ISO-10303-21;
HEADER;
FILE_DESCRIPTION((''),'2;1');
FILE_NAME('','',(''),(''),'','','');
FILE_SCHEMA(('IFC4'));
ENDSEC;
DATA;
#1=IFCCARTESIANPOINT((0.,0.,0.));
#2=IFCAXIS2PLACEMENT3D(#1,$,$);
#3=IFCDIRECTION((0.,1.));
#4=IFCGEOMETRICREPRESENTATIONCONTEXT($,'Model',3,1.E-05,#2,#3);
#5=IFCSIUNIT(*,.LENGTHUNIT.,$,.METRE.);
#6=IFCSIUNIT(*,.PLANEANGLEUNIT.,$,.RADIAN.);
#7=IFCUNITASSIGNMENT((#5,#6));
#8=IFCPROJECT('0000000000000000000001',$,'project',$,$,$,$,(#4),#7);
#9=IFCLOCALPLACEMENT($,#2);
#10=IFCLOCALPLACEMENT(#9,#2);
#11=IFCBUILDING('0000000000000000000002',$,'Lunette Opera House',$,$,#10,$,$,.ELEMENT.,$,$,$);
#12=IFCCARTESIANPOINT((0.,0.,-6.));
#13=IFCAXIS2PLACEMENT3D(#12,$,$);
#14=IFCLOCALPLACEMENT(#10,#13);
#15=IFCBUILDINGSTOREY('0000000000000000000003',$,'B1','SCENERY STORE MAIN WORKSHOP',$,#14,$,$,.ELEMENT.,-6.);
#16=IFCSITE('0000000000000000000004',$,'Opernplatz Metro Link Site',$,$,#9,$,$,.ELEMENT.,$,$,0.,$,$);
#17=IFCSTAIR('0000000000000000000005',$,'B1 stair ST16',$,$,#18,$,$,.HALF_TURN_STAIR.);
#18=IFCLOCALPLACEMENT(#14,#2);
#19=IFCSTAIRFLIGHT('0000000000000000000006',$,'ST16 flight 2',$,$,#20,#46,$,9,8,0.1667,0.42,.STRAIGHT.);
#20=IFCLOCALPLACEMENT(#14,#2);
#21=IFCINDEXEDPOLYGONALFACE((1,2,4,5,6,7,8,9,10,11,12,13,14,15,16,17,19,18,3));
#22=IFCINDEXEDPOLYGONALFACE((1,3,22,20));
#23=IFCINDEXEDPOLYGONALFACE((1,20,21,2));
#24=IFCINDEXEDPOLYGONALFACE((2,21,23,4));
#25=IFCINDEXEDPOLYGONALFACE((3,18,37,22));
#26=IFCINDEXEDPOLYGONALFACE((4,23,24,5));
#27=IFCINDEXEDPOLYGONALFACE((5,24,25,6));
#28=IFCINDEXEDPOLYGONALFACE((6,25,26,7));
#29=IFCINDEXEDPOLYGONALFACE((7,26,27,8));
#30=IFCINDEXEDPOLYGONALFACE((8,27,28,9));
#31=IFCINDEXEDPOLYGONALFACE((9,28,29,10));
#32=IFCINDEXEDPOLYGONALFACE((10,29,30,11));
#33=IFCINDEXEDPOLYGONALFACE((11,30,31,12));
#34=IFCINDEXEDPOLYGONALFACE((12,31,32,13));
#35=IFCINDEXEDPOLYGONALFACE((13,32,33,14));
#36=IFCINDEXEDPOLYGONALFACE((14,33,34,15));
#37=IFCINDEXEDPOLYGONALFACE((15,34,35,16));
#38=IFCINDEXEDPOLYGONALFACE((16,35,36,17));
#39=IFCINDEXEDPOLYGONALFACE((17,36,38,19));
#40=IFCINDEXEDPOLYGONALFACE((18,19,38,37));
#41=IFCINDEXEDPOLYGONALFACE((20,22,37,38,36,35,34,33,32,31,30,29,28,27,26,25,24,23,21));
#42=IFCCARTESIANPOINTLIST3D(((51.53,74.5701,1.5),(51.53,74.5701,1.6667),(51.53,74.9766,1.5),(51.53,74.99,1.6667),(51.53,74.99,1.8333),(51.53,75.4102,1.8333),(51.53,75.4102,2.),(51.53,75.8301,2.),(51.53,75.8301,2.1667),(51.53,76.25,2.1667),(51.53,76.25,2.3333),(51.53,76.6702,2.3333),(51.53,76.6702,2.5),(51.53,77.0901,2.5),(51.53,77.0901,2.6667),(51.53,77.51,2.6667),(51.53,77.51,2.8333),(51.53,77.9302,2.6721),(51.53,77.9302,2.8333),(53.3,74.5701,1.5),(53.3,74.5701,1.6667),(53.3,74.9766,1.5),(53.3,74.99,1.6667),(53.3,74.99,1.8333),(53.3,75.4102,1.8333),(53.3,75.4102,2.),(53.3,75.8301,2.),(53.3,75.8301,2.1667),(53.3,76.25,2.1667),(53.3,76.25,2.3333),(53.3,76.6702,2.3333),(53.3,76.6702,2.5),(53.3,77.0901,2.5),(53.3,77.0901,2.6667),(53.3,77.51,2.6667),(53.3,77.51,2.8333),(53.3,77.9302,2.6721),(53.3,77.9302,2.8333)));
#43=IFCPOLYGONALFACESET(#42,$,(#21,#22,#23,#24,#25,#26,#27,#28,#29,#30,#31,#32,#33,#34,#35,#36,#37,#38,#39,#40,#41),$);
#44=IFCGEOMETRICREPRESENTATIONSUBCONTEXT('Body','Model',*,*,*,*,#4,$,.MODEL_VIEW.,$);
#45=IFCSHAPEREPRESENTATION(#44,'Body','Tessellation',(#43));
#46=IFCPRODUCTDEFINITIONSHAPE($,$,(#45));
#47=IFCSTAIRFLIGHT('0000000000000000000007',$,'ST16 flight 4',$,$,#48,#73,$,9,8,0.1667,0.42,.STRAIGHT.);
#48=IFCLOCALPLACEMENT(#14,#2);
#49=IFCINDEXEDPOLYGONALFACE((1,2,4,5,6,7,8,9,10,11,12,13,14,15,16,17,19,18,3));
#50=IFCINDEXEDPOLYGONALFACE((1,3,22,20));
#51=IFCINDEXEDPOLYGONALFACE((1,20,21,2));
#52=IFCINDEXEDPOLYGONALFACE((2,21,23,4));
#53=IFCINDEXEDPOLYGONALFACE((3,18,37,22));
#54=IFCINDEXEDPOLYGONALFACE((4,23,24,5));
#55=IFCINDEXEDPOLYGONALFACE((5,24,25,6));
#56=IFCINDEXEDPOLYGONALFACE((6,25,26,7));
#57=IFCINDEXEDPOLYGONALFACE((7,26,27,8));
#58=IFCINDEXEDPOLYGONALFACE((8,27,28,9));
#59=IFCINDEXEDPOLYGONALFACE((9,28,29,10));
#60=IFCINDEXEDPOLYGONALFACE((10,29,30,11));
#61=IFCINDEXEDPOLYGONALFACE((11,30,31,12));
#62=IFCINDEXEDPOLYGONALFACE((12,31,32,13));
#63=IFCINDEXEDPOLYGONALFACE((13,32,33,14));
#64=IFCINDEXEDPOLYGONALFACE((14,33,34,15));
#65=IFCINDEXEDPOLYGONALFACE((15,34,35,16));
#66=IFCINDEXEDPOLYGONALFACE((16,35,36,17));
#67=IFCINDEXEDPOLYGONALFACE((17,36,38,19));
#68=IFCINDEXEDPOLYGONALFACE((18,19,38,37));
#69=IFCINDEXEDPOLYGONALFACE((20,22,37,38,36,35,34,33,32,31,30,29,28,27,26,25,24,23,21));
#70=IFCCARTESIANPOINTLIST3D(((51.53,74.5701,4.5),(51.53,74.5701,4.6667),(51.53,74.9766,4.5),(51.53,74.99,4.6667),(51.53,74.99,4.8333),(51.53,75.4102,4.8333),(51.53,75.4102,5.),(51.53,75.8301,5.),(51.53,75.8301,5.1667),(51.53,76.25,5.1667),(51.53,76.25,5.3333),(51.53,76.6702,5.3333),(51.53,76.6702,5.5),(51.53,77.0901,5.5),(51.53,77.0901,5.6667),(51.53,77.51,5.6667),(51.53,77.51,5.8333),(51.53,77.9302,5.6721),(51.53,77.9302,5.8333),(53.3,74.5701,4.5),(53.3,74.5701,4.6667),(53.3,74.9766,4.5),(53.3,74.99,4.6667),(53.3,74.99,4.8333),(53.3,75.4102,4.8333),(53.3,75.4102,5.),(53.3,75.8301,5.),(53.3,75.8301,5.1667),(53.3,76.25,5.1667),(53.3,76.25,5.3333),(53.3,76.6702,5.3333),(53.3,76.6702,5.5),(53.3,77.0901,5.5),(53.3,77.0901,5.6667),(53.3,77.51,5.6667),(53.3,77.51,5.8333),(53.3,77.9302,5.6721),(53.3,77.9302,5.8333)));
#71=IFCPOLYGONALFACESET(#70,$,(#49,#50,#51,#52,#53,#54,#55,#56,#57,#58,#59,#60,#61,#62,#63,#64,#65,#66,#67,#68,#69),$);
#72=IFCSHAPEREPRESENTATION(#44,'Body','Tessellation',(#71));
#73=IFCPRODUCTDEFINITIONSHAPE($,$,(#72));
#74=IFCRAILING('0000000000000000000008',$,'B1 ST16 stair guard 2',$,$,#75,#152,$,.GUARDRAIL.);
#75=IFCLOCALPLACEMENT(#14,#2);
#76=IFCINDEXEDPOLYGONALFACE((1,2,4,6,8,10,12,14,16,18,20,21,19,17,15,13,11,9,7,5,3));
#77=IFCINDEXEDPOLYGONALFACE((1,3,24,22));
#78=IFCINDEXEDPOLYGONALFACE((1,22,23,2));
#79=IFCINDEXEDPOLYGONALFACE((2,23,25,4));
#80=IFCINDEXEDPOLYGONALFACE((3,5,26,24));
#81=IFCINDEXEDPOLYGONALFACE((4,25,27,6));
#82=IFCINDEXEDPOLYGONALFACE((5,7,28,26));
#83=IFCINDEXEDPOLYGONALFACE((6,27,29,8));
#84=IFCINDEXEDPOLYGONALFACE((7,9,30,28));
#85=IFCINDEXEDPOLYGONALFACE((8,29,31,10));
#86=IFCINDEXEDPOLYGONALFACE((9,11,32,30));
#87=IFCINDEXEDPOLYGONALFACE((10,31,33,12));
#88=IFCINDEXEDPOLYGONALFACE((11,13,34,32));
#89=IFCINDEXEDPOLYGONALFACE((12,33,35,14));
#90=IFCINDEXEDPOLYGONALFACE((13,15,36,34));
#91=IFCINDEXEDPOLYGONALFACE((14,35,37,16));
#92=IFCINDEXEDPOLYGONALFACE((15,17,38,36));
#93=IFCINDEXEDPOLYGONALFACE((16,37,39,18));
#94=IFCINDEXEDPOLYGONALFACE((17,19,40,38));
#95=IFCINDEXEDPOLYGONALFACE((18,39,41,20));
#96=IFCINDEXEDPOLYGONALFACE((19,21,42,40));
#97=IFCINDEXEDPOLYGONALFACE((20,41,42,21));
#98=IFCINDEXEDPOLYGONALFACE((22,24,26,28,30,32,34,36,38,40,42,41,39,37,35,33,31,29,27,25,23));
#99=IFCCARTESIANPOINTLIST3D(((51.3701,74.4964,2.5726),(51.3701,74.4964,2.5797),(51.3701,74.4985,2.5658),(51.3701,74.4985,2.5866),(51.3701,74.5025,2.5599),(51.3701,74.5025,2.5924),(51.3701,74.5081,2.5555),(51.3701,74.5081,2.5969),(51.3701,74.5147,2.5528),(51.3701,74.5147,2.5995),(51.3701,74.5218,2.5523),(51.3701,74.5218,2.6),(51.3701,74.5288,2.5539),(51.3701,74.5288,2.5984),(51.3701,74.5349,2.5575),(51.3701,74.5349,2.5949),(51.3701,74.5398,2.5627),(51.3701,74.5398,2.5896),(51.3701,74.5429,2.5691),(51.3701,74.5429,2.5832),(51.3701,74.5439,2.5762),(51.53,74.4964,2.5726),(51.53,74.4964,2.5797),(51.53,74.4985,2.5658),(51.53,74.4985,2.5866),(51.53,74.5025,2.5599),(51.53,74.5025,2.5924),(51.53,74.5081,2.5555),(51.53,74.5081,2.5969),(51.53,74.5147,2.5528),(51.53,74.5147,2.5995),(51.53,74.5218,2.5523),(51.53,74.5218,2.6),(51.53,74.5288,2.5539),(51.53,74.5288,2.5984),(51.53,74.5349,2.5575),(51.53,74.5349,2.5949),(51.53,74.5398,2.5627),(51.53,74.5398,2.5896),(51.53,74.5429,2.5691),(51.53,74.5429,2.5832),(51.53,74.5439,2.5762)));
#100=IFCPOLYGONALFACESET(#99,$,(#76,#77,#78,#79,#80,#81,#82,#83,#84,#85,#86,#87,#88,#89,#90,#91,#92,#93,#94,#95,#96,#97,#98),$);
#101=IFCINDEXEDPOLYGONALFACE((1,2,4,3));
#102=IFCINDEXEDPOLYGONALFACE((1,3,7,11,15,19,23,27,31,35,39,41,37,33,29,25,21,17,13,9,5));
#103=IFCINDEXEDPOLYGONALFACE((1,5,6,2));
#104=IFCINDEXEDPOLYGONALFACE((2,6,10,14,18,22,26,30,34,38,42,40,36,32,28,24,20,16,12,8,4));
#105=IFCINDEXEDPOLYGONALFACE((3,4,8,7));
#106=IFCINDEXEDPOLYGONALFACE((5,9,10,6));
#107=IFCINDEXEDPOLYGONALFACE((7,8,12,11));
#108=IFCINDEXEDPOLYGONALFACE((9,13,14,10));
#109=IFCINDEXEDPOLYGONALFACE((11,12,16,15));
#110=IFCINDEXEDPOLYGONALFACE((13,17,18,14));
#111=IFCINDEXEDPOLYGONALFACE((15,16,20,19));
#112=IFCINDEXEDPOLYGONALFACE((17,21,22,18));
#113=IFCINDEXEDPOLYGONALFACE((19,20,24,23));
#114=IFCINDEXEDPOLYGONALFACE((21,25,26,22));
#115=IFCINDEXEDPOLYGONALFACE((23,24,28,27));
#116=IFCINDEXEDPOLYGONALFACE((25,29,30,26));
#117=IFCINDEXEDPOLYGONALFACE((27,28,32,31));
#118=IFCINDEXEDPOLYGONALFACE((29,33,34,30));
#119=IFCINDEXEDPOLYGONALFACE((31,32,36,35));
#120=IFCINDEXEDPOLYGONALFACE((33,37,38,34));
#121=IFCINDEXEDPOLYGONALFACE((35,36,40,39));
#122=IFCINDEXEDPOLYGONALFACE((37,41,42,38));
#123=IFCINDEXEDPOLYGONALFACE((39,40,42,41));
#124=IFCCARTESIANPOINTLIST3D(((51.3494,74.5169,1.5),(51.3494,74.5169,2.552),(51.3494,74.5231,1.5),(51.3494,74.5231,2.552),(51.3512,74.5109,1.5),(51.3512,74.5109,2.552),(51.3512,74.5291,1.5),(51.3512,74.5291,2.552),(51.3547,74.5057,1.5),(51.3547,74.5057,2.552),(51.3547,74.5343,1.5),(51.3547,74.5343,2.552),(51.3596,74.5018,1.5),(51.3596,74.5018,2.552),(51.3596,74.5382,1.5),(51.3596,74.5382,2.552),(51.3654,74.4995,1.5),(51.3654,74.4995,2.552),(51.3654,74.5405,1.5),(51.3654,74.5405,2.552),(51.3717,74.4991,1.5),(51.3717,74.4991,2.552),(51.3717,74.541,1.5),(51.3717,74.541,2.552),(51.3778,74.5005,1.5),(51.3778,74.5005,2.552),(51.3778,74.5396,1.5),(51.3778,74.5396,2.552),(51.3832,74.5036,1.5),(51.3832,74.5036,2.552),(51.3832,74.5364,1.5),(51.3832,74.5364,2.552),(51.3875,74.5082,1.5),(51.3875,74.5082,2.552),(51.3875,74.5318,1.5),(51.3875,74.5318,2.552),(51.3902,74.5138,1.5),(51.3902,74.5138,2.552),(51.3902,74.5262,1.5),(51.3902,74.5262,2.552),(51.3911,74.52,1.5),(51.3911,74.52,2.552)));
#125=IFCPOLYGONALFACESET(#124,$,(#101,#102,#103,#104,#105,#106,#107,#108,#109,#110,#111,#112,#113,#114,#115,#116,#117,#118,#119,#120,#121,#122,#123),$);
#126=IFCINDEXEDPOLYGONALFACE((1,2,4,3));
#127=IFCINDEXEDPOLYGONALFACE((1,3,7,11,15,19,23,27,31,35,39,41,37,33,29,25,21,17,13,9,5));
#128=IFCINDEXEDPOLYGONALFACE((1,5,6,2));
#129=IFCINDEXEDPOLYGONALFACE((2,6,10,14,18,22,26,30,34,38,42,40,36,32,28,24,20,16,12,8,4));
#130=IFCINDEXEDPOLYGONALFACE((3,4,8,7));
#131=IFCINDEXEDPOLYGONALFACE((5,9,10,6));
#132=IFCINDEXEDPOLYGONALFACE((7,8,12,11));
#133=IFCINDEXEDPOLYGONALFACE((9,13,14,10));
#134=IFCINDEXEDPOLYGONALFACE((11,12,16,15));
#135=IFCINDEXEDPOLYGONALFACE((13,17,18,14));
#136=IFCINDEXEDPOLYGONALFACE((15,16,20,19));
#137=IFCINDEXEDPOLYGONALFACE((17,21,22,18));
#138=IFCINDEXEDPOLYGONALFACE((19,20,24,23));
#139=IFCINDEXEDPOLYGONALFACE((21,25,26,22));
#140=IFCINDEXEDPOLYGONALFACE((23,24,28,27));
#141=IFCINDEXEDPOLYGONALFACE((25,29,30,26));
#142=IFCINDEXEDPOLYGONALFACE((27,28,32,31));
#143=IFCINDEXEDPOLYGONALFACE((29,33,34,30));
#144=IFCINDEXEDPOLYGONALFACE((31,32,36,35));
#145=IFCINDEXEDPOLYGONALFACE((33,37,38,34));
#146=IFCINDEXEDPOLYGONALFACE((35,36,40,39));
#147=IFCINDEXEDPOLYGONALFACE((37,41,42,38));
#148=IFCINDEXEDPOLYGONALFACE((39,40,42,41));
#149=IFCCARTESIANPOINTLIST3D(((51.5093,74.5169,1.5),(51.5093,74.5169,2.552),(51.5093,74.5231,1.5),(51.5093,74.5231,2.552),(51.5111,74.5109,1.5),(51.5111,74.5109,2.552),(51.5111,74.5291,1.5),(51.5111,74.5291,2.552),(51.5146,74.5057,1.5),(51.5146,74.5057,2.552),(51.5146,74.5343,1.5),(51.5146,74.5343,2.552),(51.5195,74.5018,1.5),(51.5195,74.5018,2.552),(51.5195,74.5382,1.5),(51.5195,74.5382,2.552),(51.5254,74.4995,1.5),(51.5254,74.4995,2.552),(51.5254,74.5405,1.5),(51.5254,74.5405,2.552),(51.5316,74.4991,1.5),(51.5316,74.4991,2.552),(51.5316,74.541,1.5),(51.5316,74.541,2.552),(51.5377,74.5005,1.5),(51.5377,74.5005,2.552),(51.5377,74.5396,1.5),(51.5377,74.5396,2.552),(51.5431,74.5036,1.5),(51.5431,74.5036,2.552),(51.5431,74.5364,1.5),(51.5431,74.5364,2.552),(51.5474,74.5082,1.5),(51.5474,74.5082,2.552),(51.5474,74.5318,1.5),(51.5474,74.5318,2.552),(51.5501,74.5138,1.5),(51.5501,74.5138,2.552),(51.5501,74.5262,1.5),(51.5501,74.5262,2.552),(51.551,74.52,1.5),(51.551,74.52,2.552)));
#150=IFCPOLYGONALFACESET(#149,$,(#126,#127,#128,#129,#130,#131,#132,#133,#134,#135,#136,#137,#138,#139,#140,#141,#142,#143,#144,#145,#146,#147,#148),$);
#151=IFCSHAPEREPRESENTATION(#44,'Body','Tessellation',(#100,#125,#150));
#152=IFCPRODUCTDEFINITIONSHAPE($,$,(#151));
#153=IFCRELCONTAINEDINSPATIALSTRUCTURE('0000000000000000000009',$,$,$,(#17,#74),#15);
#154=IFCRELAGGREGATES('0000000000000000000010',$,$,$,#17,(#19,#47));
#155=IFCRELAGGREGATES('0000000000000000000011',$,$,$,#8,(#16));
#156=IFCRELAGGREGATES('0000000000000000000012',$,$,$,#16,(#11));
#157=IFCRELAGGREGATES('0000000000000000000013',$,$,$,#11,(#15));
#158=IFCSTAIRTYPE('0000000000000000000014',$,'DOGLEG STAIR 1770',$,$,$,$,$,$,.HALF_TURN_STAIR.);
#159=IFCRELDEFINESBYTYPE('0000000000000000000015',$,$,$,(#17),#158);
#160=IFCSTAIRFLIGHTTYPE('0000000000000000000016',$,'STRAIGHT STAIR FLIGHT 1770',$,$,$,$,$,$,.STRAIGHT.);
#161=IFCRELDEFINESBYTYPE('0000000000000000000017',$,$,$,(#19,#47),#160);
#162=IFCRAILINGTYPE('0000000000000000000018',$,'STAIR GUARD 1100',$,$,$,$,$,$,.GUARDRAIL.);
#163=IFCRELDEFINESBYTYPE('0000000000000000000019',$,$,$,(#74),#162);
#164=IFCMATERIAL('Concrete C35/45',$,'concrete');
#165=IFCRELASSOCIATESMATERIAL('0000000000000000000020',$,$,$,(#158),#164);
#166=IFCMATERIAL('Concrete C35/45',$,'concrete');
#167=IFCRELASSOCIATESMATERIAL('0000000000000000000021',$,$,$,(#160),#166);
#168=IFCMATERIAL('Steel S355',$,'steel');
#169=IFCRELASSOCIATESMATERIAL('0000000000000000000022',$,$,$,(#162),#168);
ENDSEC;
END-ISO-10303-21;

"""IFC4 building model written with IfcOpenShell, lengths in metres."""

from ifc_helpers import new_model, si_unit, direction, frame, origin, origin_2d, place, context, subcontext, project, spatial, polyline, circle, outline, extrude, material, type_object, element, aggregate, save


model = new_model("IFC4")

# Units and contexts
model_context = context("Model", 3, precision=1e-05, world=origin(), true_north=direction((0.0, 1.0)))
body_context = subcontext(model_context, "Body", "Model", "MODEL_VIEW")
ifc_project = project(units=[si_unit("LENGTHUNIT", "METRE"), si_unit("PLANEANGLEUNIT", "RADIAN")], contexts=[model_context])

# Site, building, storey
site_placement = place(None, origin())
site = spatial("IfcSite", under=ifc_project, at=site_placement, Name="Opernplatz Metro Link Site", CompositionType="ELEMENT", RefElevation=0.0)
building_placement = place(site_placement, origin())
building = spatial("IfcBuilding", under=site, at=building_placement, Name="Lunette Opera House", CompositionType="ELEMENT")
storey_placement = place(building_placement, frame((0.0, 0.0, -6.0)))
storey = spatial("IfcBuildingStorey", under=building, at=storey_placement, Name="B1", Description="SCENERY STORE MAIN WORKSHOP", CompositionType="ELEMENT", Elevation=-6.0)

# Stair, stair flights
ifc_material_1 = material(Name="Concrete C35/45", Category="concrete")
stair_type = type_object("IfcStairType", Name="DOGLEG STAIR 1770", PredefinedType="HALF_TURN_STAIR", material=ifc_material_1)
stair_placement = place(storey_placement, origin())
stair = element("IfcStair", 1, at=stair_placement, inside=storey, type_object=stair_type, Name="B1 stair ST16", PredefinedType="HALF_TURN_STAIR")
ifc_material_2 = material(Name="Concrete C35/45", Category="concrete")
stair_flight_type = type_object("IfcStairFlightType", Name="STRAIGHT STAIR FLIGHT 1770", PredefinedType="STRAIGHT", material=ifc_material_2)
stair_flight_1_placement = place(storey_placement, frame((52.415, 74.5701, 1.5), z_axis=(0.0, 0.0, 1.0), x_axis=(0.0, 1.0, 0.0)))
stair_flight_1 = element("IfcStairFlight", 2, at=stair_flight_1_placement, type_object=stair_flight_type, Name="ST16 flight 2", NumberOfRisers=9, NumberOfTreads=8, PredefinedType="STRAIGHT", RiserHeight=0.1667, TreadLength=0.42, context=body_context, shape_type="SweptSolid", body=[
    extrude(outline(polyline([(0.0, 0.0), (0.0, 0.1667), (0.4199, 0.1667), (0.4199, 0.3333), (0.8401, 0.3333), (0.8401, 0.5), (1.26, 0.5), (1.26, 0.6667), (1.6799, 0.6667), (1.6799, 0.8333), (2.1001, 0.8333), (2.1001, 1.0), (2.52, 1.0), (2.52, 1.1667), (2.9399, 1.1667), (2.9399, 1.3333), (3.3601, 1.3333), (3.3601, 1.5), (3.3601, 1.1721), (0.4065, 0.0), (0.0, 0.0)])), frame((0.0, 0.885, 0.0), z_axis=(0.0, -1.0, 0.0), x_axis=(1.0, 0.0, 0.0)), (0.0, 0.0, 1.0), 1.77),
])
stair_flight_2_placement = place(storey_placement, frame((52.415, 74.5701, 4.5), z_axis=(0.0, 0.0, 1.0), x_axis=(0.0, 1.0, 0.0)))
stair_flight_2 = element("IfcStairFlight", 3, at=stair_flight_2_placement, type_object=stair_flight_type, Name="ST16 flight 4", NumberOfRisers=9, NumberOfTreads=8, PredefinedType="STRAIGHT", RiserHeight=0.1667, TreadLength=0.42, context=body_context, shape_type="SweptSolid", body=[
    extrude(outline(polyline([(0.0, 0.0), (0.0, 0.1667), (0.4199, 0.1667), (0.4199, 0.3333), (0.8401, 0.3333), (0.8401, 0.5), (1.26, 0.5), (1.26, 0.6667), (1.6799, 0.6667), (1.6799, 0.8333), (2.1001, 0.8333), (2.1001, 1.0), (2.52, 1.0), (2.52, 1.1667), (2.9399, 1.1667), (2.9399, 1.3333), (3.3601, 1.3333), (3.3601, 1.5), (3.3601, 1.1721), (0.4065, 0.0), (0.0, 0.0)])), frame((0.0, 0.885, 0.0), z_axis=(0.0, -1.0, 0.0), x_axis=(1.0, 0.0, 0.0)), (0.0, 0.0, 1.0), 1.77),
])
aggregate(stair, [stair_flight_1, stair_flight_2])

# Railing
ifc_material_3 = material(Name="Steel S355", Category="steel")
railing_type_1 = type_object("IfcRailingType", Name="STAIR GUARD 1100", PredefinedType="GUARDRAIL", material=ifc_material_3)
railing_1_placement = place(storey_placement, frame((51.3701, 74.52, 1.5)))
element("IfcRailing", 4, at=railing_1_placement, inside=storey, type_object=railing_type_1, Name="B1 ST16 stair guard 2", PredefinedType="GUARDRAIL", context=body_context, shape_type="SweptSolid", body=[
    extrude(circle(Radius=0.0239, at=origin_2d()), frame((0.0, 0.0, 1.0762), z_axis=(1.0, 0.0, 0.0), x_axis=(0.0, 1.0, 0.0)), (0.0, 0.0, 1.0), 0.1599),
    extrude(circle(Radius=0.021, at=origin_2d()), origin(), (0.0, 0.0, 1.0), 1.052),
    extrude(circle(Radius=0.021, at=origin_2d()), frame((0.1599, 0.0, 0.0)), (0.0, 0.0, 1.0), 1.052),
])

save(model, "model.ifc")
